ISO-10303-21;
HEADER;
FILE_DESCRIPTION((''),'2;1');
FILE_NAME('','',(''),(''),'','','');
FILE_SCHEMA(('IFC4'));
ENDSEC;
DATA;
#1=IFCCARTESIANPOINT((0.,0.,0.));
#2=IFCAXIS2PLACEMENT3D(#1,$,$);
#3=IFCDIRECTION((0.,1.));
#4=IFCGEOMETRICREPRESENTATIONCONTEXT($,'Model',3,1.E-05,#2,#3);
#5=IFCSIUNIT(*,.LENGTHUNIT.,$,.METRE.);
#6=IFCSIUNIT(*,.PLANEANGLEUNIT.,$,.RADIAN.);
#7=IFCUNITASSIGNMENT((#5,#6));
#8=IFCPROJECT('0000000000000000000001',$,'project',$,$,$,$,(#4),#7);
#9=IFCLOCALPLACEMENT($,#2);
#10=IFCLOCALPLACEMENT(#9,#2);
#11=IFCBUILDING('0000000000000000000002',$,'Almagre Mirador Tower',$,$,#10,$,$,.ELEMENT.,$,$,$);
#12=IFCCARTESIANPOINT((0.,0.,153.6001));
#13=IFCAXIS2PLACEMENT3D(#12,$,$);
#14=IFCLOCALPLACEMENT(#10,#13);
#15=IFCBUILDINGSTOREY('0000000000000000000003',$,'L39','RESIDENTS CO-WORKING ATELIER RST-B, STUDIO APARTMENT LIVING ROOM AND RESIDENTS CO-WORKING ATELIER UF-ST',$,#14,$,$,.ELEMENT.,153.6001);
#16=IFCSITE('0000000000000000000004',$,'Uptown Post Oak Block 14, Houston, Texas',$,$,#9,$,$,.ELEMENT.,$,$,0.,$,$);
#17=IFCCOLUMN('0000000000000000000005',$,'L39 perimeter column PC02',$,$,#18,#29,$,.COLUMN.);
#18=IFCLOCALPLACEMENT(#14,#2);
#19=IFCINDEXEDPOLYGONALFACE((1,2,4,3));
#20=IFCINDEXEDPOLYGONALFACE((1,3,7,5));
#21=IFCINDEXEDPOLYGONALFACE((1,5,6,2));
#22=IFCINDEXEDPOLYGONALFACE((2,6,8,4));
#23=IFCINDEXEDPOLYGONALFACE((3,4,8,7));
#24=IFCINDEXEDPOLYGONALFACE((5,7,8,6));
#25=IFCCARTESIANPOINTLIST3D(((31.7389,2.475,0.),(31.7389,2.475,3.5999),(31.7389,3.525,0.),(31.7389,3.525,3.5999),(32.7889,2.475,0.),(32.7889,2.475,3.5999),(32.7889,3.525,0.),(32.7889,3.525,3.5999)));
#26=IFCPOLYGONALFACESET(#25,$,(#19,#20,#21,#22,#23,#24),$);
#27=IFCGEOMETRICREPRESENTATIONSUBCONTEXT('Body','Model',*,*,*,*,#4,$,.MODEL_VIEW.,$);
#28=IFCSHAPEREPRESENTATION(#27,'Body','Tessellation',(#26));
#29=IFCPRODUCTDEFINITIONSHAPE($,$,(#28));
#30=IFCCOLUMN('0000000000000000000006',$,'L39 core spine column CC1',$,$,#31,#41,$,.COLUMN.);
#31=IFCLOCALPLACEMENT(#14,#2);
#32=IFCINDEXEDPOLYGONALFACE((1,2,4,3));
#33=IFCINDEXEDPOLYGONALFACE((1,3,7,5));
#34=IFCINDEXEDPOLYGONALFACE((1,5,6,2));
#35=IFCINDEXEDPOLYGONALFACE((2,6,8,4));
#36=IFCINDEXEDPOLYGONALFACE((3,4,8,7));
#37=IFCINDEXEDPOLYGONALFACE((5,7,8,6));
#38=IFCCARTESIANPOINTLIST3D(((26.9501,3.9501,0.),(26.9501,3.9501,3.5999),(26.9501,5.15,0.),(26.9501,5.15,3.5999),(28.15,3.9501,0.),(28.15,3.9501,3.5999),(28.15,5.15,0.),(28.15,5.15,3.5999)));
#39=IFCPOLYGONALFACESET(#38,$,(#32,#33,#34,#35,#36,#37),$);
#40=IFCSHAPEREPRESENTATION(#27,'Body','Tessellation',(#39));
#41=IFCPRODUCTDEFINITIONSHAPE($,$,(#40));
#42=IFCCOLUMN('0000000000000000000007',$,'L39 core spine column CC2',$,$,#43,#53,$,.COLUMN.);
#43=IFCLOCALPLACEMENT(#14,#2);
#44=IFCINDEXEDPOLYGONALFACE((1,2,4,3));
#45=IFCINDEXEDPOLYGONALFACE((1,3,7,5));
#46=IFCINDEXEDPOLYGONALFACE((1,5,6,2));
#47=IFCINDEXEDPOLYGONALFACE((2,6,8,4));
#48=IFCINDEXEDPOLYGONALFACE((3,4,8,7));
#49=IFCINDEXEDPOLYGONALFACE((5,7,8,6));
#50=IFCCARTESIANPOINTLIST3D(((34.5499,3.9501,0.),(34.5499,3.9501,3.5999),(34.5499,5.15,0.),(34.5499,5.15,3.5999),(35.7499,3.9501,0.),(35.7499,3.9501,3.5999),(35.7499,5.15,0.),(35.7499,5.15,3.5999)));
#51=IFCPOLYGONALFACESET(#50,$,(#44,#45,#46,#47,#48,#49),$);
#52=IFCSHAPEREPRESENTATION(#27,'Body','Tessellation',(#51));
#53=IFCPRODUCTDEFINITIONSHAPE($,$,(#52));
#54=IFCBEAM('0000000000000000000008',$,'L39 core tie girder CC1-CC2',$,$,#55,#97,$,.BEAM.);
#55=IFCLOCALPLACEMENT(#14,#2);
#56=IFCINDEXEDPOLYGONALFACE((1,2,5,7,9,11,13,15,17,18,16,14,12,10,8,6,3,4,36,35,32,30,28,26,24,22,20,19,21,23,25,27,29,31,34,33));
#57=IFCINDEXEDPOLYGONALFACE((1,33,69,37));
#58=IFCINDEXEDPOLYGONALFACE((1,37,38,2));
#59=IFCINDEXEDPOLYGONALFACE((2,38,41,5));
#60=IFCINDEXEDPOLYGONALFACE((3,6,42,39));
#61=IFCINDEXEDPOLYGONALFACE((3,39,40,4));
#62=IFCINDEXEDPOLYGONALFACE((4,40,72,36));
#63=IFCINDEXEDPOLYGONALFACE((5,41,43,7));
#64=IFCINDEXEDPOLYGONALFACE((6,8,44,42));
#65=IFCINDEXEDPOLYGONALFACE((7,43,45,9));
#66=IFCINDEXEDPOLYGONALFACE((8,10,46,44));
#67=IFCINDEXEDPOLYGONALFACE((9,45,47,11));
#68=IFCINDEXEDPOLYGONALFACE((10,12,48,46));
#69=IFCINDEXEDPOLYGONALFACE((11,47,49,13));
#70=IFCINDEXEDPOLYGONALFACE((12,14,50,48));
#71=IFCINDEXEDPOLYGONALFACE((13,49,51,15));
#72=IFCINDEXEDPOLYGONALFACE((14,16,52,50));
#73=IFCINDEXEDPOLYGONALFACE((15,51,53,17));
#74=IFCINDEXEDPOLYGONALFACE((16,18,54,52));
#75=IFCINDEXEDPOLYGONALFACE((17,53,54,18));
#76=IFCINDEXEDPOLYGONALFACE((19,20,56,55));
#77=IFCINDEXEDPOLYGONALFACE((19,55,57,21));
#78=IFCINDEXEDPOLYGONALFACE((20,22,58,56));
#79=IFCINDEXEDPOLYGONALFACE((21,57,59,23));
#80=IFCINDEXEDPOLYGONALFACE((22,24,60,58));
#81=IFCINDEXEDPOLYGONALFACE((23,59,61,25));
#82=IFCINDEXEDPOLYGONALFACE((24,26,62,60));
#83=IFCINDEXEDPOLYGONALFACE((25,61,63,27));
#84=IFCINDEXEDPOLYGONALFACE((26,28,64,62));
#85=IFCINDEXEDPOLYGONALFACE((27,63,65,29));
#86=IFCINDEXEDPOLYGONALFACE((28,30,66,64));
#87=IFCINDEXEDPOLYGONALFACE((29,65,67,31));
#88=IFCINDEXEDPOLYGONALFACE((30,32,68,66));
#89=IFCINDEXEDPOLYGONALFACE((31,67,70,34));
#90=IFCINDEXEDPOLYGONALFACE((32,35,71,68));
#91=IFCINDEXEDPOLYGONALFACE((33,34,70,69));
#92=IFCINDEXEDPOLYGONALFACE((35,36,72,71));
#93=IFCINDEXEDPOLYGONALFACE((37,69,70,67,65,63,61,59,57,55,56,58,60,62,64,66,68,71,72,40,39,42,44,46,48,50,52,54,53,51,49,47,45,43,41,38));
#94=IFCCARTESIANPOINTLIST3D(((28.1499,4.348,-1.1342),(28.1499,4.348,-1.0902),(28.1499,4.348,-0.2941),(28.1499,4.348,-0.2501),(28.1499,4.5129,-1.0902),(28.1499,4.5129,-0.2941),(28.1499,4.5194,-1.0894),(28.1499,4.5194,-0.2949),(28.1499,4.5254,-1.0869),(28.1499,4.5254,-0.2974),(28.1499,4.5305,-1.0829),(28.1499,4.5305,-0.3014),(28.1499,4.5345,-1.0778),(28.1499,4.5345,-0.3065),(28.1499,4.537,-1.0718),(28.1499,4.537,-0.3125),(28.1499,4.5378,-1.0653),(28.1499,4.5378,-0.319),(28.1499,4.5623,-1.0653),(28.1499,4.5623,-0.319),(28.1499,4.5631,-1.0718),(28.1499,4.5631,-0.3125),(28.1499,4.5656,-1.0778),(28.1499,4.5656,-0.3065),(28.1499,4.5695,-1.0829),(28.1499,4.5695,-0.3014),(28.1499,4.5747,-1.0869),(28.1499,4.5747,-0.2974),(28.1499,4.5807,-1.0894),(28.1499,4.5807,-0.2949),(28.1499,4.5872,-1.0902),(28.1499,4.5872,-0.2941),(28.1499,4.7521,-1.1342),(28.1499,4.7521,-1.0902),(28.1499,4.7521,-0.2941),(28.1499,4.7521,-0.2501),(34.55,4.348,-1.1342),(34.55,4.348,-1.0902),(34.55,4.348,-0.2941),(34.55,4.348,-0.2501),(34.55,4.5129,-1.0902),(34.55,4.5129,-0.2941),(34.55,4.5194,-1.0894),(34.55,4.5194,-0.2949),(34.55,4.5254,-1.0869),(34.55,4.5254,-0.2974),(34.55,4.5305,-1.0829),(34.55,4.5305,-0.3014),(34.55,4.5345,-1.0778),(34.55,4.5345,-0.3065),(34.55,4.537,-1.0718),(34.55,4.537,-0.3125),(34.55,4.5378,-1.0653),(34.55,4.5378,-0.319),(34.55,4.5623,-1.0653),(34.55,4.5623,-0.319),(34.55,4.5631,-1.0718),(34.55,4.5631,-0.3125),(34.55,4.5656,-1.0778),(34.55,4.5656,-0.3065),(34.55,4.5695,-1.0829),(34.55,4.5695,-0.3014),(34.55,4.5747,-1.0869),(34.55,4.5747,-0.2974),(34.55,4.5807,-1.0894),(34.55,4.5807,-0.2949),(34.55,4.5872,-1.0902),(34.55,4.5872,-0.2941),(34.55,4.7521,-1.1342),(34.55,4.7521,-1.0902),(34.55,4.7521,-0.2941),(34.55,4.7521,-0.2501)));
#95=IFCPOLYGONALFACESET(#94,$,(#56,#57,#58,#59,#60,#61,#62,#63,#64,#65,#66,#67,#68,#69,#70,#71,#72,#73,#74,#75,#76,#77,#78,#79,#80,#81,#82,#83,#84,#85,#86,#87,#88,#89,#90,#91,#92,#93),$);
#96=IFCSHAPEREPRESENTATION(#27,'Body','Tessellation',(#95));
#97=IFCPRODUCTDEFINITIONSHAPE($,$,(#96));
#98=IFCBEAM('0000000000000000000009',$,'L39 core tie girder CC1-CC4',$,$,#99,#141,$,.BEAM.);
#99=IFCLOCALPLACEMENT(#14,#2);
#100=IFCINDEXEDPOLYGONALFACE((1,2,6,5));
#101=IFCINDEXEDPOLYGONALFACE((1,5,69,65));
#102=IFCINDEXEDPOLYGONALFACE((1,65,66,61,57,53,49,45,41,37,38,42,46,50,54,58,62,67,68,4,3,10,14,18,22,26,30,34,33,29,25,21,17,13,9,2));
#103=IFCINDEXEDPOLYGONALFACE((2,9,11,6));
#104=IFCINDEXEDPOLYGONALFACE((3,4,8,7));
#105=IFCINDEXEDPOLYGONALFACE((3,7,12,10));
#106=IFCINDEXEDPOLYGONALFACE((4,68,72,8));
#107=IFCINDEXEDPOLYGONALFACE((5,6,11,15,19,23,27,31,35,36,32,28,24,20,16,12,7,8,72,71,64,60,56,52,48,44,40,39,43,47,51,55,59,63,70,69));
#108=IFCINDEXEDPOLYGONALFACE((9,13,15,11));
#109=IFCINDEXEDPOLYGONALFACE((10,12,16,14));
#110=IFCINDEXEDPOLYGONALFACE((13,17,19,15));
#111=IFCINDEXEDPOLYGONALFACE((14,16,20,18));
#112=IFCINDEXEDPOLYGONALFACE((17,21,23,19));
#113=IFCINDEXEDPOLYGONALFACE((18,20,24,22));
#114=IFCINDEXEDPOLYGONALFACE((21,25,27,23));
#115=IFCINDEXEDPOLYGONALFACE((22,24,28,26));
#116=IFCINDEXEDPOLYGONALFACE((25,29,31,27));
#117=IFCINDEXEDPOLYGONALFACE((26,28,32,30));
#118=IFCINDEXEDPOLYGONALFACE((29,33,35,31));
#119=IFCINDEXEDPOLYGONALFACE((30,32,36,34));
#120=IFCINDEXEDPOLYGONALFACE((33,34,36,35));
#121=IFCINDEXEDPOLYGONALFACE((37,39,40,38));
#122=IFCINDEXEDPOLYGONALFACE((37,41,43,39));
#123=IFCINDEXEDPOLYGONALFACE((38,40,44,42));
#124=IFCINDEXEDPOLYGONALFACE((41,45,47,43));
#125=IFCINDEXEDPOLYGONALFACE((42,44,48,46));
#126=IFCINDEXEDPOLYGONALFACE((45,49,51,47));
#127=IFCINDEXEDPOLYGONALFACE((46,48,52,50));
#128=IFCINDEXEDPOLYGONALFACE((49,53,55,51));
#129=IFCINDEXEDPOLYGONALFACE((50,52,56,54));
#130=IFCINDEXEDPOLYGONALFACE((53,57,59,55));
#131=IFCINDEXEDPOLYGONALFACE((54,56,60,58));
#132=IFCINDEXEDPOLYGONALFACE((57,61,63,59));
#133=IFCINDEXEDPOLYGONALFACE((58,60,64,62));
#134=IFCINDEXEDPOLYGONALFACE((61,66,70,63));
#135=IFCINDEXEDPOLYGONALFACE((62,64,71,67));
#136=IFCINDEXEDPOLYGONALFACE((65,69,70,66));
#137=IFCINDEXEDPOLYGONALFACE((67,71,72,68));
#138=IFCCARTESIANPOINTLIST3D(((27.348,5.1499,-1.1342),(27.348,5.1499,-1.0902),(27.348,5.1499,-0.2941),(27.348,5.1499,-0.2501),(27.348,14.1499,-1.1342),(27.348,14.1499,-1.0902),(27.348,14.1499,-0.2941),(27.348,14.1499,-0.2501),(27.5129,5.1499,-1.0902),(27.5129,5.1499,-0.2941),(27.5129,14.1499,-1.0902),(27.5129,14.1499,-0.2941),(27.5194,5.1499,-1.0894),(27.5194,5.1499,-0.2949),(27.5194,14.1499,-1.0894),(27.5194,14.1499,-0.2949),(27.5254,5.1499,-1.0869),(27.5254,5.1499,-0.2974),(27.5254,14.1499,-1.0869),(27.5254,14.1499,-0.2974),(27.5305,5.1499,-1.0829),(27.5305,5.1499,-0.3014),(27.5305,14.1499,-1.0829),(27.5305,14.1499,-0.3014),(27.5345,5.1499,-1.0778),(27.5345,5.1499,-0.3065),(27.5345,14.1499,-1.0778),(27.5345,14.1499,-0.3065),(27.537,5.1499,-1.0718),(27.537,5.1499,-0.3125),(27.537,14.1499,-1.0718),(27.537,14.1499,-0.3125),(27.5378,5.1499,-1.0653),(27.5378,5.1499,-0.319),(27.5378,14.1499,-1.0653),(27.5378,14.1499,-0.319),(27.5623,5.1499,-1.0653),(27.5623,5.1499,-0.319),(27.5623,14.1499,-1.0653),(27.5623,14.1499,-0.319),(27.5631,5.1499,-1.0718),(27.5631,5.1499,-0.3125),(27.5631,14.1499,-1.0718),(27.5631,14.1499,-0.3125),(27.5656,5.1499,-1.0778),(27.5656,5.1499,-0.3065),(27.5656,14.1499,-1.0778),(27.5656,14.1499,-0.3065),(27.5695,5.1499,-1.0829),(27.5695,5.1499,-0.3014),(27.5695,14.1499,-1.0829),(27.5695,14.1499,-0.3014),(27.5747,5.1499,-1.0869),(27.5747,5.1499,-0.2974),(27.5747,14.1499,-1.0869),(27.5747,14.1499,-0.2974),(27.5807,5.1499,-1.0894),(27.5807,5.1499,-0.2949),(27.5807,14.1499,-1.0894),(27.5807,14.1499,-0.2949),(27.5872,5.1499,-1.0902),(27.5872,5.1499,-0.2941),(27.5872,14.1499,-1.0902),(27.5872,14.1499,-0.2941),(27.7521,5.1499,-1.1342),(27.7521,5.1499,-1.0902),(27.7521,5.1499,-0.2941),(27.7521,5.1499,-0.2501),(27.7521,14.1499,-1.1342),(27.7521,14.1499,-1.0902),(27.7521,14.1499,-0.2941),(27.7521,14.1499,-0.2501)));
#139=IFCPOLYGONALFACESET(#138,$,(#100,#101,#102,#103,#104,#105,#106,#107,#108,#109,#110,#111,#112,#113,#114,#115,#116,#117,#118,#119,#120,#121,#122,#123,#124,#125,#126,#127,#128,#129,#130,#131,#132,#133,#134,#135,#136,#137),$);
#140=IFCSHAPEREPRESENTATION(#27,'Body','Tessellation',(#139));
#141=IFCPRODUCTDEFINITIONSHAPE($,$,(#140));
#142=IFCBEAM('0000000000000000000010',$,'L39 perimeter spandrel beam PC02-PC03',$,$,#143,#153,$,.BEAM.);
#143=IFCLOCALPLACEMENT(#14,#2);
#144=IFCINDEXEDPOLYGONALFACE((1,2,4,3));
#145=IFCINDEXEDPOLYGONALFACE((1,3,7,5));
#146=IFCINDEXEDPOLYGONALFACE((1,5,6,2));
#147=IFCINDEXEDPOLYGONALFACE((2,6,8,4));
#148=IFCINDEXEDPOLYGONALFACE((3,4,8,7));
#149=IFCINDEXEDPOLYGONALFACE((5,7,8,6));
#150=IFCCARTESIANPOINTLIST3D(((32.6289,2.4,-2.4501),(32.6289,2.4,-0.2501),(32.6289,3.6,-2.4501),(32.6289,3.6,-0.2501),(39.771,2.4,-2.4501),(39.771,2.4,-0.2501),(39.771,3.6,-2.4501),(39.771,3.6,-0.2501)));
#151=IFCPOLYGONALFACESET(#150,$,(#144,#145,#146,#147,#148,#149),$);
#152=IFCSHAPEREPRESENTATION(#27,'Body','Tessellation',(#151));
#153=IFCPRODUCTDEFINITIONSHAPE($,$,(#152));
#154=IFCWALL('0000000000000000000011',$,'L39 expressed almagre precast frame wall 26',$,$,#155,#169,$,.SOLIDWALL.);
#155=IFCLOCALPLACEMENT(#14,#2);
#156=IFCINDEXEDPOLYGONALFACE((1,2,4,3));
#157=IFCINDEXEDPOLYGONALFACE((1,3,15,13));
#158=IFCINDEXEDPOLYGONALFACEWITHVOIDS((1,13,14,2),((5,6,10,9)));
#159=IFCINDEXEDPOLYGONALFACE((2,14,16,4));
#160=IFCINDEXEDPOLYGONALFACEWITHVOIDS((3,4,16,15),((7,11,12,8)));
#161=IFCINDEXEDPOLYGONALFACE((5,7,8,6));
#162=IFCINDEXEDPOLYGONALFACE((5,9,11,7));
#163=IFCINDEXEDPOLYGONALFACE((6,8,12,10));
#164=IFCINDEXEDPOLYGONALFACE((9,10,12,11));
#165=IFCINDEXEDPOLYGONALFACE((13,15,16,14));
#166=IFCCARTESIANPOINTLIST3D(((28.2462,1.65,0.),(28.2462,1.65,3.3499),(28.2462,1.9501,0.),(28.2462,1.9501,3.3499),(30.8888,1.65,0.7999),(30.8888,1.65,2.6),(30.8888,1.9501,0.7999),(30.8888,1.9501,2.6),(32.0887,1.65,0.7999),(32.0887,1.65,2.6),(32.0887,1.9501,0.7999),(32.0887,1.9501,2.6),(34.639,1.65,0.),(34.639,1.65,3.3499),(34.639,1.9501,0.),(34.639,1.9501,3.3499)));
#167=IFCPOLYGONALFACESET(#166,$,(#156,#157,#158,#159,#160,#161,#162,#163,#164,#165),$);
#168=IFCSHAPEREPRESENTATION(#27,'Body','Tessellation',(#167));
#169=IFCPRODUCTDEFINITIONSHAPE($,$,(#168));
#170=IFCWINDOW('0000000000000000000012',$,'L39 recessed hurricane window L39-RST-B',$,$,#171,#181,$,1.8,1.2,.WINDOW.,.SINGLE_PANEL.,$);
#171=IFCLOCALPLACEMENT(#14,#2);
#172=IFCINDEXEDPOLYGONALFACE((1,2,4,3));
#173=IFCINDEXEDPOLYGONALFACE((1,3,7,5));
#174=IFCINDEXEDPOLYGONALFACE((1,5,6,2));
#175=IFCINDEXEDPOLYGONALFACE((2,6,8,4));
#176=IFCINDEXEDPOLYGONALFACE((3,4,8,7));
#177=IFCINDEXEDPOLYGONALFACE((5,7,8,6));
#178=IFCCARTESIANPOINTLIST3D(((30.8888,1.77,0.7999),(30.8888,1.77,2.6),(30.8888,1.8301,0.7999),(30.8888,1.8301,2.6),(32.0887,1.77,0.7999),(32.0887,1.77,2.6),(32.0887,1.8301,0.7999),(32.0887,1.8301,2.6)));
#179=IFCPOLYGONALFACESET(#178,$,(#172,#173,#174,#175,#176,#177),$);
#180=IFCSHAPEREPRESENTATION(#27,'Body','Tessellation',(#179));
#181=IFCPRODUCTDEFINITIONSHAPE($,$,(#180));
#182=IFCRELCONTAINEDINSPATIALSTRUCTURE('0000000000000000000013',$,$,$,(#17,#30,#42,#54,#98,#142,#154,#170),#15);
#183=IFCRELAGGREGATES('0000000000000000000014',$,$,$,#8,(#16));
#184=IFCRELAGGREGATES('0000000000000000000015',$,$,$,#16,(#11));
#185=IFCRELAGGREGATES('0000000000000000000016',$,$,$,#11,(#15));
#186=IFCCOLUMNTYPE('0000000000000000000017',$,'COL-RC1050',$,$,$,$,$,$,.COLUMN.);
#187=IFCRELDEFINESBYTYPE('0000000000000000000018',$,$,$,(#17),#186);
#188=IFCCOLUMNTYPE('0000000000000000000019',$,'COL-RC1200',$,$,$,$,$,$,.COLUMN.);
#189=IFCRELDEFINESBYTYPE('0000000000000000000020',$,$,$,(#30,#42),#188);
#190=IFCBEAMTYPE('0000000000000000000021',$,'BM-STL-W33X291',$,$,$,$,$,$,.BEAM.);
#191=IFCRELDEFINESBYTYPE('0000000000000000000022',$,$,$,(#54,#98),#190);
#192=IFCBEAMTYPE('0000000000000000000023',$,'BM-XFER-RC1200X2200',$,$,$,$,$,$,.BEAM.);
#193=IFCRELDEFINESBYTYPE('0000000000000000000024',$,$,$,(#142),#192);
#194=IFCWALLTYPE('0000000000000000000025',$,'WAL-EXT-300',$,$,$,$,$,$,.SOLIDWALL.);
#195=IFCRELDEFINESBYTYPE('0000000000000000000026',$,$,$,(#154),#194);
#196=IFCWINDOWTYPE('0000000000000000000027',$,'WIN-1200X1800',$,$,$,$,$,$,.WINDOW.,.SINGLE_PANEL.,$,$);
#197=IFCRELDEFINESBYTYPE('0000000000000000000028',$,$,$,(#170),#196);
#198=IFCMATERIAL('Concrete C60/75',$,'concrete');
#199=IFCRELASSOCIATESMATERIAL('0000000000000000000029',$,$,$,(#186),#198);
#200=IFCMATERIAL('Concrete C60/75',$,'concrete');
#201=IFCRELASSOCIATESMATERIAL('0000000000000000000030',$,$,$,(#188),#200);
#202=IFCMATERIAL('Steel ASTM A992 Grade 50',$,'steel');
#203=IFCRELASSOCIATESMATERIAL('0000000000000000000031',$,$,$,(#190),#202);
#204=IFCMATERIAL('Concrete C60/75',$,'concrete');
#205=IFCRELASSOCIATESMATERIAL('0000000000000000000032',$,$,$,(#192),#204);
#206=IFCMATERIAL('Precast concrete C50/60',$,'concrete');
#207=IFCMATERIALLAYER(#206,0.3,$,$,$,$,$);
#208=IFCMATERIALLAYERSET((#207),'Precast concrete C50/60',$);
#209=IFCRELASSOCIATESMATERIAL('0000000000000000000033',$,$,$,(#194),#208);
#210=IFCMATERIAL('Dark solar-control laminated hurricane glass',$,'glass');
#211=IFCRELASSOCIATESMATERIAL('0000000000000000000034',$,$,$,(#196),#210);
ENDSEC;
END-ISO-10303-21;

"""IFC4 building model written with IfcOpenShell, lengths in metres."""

from ifc_helpers import new_model, si_unit, direction, frame, frame_2d, origin, origin_2d, place, context, subcontext, project, spatial, rectangle, i_section, extrude, material, layer, layer_set, material_profile, profile_set, type_object, element, fill, save


model = new_model("IFC4")

# Units and contexts
model_context = context("Model", 3, precision=1e-05, world=origin(), true_north=direction((0.0, 1.0)))
body_context = subcontext(model_context, "Body", "Model", "MODEL_VIEW")
ifc_project = project(units=[si_unit("LENGTHUNIT", "METRE"), si_unit("PLANEANGLEUNIT", "RADIAN")], contexts=[model_context])

# Site, building, storey
site_placement = place(None, origin())
site = spatial("IfcSite", under=ifc_project, at=site_placement, Name="Uptown Post Oak Block 14, Houston, Texas", CompositionType="ELEMENT", RefElevation=0.0)
building_placement = place(site_placement, origin())
building = spatial("IfcBuilding", under=site, at=building_placement, Name="Almagre Mirador Tower", CompositionType="ELEMENT")
storey_placement = place(building_placement, frame((0.0, 0.0, 153.6001)))
storey = spatial("IfcBuildingStorey", under=building, at=storey_placement, Name="L39", Description="RESIDENTS CO-WORKING ATELIER RST-B, STUDIO APARTMENT LIVING ROOM AND RESIDENTS CO-WORKING ATELIER UF-ST", CompositionType="ELEMENT", Elevation=153.6001)

# Columns
ifc_material_1 = material(Name="Concrete C60/75", Category="concrete")
ifc_material_profile_1 = material_profile(ifc_material_1, rectangle(XDim=1.05, YDim=1.05, at=origin_2d()), Name="RC1050X1050")
ifc_profile_set_1 = profile_set([ifc_material_profile_1], Name="Concrete C60/75")
column_type_1 = type_object("IfcColumnType", Name="COL-RC1050", PredefinedType="COLUMN", material=ifc_profile_set_1)
column_placement = place(storey_placement, frame((32.2639, 3.0, 0.0), z_axis=(0.0, 0.0, 1.0), x_axis=(1.0, 0.0, 0.0)))
element("IfcColumn", 1, at=column_placement, inside=storey, type_object=column_type_1, Name="L39 perimeter column PC02", PredefinedType="COLUMN", context=body_context, shape_type="SweptSolid", body=[
    extrude(rectangle(XDim=1.05, YDim=1.05, at=origin_2d()), origin(), (0.0, 0.0, 1.0), 3.5999),
])
ifc_material_2 = material(Name="Concrete C60/75", Category="concrete")
ifc_material_profile_2 = material_profile(ifc_material_2, rectangle(XDim=1.2, YDim=1.2, at=origin_2d()), Name="RC1200X1200")
ifc_profile_set_2 = profile_set([ifc_material_profile_2], Name="Concrete C60/75")
column_type_2 = type_object("IfcColumnType", Name="COL-RC1200", PredefinedType="COLUMN", material=ifc_profile_set_2)
for number, where, z_axis, x_axis, name in (
    (2, (27.55, 4.55, 0.0), (0.0, 0.0, 1.0), (1.0, 0.0, 0.0), "L39 core spine column CC1"),
    (3, (35.1499, 4.55, 0.0), (0.0, 0.0, 1.0), (1.0, 0.0, 0.0), "L39 core spine column CC2"),
):
    element("IfcColumn", number, at=place(storey_placement, frame(where, z_axis=z_axis, x_axis=x_axis)), inside=storey, type_object=column_type_2, Name=name, PredefinedType="COLUMN", context=body_context, shape_type="SweptSolid", body=[
        extrude(rectangle(XDim=1.2, YDim=1.2, at=origin_2d()), origin(), (0.0, 0.0, 1.0), 3.5999),
    ])

# Beams
ifc_material_3 = material(Name="Steel ASTM A992 Grade 50", Category="steel")
ifc_material_profile_3 = material_profile(ifc_material_3, i_section(OverallWidth=0.4041, OverallDepth=0.884, WebThickness=0.0244, FlangeThickness=0.0439, FilletRadius=0.0249, at=origin_2d()), Name="W33X291")
ifc_profile_set_3 = profile_set([ifc_material_profile_3], Name="Steel ASTM A992 Grade 50")
beam_type_1 = type_object("IfcBeamType", Name="BM-STL-W33X291", PredefinedType="BEAM", material=ifc_profile_set_3)
beam_1_placement = place(storey_placement, frame((28.1499, 4.55, -0.6921), z_axis=(1.0, 0.0, 0.0), x_axis=(0.0, 1.0, 0.0)))
element("IfcBeam", 4, at=beam_1_placement, inside=storey, type_object=beam_type_1, Name="L39 core tie girder CC1-CC2", PredefinedType="BEAM", context=body_context, shape_type="SweptSolid", body=[
    extrude(i_section(OverallWidth=0.4041, OverallDepth=0.884, WebThickness=0.0244, FlangeThickness=0.0439, FilletRadius=0.0249, at=origin_2d()), origin(), (0.0, 0.0, 1.0), 6.4001),
])
beam_2_placement = place(storey_placement, frame((27.55, 5.1499, -0.6921), z_axis=(0.0, 1.0, 0.0), x_axis=(-1.0, 0.0, 0.0)))
element("IfcBeam", 5, at=beam_2_placement, inside=storey, type_object=beam_type_1, Name="L39 core tie girder CC1-CC4", PredefinedType="BEAM", context=body_context, shape_type="SweptSolid", body=[
    extrude(i_section(OverallWidth=0.4041, OverallDepth=0.884, WebThickness=0.0244, FlangeThickness=0.0439, FilletRadius=0.0249, at=origin_2d()), origin(), (0.0, 0.0, 1.0), 9.0),
])
ifc_material_4 = material(Name="Concrete C60/75", Category="concrete")
ifc_material_profile_4 = material_profile(ifc_material_4, rectangle(XDim=1.2, YDim=2.2, at=origin_2d()), Name="RC1200X2200")
ifc_profile_set_4 = profile_set([ifc_material_profile_4], Name="Concrete C60/75")
beam_type_2 = type_object("IfcBeamType", Name="BM-XFER-RC1200X2200", PredefinedType="BEAM", material=ifc_profile_set_4)
beam_3_placement = place(storey_placement, frame((32.6289, 3.0, -1.3501), z_axis=(1.0, 0.0, 0.0), x_axis=(0.0, 1.0, 0.0)))
element("IfcBeam", 6, at=beam_3_placement, inside=storey, type_object=beam_type_2, Name="L39 perimeter spandrel beam PC02-PC03", PredefinedType="BEAM", context=body_context, shape_type="SweptSolid", body=[
    extrude(rectangle(XDim=1.2, YDim=2.2, at=origin_2d()), origin(), (0.0, 0.0, 1.0), 7.1421),
])

# Wall, opening, window
ifc_material_5 = material(Name="Precast concrete C50/60", Category="concrete")
ifc_layer_1 = layer(ifc_material_5, 0.3)
ifc_layer_set_1 = layer_set([ifc_layer_1], Name="Precast concrete C50/60")
wall_type_1 = type_object("IfcWallType", Name="WAL-EXT-300", PredefinedType="SOLIDWALL", material=ifc_layer_set_1)
wall_1_placement = place(storey_placement, frame((34.6389, 1.8, 0.0), z_axis=(0.0, 0.0, 1.0), x_axis=(-1.0, 0.0, 0.0)))
wall_1 = element("IfcWall", 7, at=wall_1_placement, inside=storey, type_object=wall_type_1, Name="L39 expressed almagre precast frame wall 26", PredefinedType="SOLIDWALL", context=body_context, shape_type="SweptSolid", body=[
    extrude(rectangle(XDim=6.3928, YDim=0.3, at=frame_2d((3.1963, 0.0))), origin(), (0.0, 0.0, 1.0), 3.3499),
])
opening_1_placement = place(wall_1_placement, frame((2.55, 0.0, 0.8)))
opening_1 = element("IfcOpeningElement", 8, at=opening_1_placement, cuts=wall_1, PredefinedType="OPENING", context=body_context, shape_type="SweptSolid", body=[
    extrude(rectangle(XDim=1.2, YDim=1.8, at=frame_2d((0.6001, 0.8999))), frame((0.0, 0.1599, 0.0), z_axis=(0.0, -1.0, 0.0), x_axis=(1.0, 0.0, 0.0)), (0.0, 0.0, 1.0), 0.32),
])
ifc_material_6 = material(Name="Dark solar-control laminated hurricane glass", Category="glass")
window_type_1 = type_object("IfcWindowType", Name="WIN-1200X1800", PartitioningType="SINGLE_PANEL", PredefinedType="WINDOW", material=ifc_material_6)
window_1_placement = place(opening_1_placement, origin())
window_1 = element("IfcWindow", 9, at=window_1_placement, inside=storey, type_object=window_type_1, Name="L39 recessed hurricane window L39-RST-B", OverallHeight=1.8, OverallWidth=1.2, PartitioningType="SINGLE_PANEL", PredefinedType="WINDOW", context=body_context, shape_type="SweptSolid", body=[
    extrude(rectangle(XDim=1.2, YDim=1.8, at=frame_2d((0.6001, 0.8999))), frame((0.0, 0.03, 0.0), z_axis=(0.0, -1.0, 0.0), x_axis=(1.0, 0.0, 0.0)), (0.0, 0.0, 1.0), 0.0601),
])
fill(opening_1, window_1)

save(model, "model.ifc")
